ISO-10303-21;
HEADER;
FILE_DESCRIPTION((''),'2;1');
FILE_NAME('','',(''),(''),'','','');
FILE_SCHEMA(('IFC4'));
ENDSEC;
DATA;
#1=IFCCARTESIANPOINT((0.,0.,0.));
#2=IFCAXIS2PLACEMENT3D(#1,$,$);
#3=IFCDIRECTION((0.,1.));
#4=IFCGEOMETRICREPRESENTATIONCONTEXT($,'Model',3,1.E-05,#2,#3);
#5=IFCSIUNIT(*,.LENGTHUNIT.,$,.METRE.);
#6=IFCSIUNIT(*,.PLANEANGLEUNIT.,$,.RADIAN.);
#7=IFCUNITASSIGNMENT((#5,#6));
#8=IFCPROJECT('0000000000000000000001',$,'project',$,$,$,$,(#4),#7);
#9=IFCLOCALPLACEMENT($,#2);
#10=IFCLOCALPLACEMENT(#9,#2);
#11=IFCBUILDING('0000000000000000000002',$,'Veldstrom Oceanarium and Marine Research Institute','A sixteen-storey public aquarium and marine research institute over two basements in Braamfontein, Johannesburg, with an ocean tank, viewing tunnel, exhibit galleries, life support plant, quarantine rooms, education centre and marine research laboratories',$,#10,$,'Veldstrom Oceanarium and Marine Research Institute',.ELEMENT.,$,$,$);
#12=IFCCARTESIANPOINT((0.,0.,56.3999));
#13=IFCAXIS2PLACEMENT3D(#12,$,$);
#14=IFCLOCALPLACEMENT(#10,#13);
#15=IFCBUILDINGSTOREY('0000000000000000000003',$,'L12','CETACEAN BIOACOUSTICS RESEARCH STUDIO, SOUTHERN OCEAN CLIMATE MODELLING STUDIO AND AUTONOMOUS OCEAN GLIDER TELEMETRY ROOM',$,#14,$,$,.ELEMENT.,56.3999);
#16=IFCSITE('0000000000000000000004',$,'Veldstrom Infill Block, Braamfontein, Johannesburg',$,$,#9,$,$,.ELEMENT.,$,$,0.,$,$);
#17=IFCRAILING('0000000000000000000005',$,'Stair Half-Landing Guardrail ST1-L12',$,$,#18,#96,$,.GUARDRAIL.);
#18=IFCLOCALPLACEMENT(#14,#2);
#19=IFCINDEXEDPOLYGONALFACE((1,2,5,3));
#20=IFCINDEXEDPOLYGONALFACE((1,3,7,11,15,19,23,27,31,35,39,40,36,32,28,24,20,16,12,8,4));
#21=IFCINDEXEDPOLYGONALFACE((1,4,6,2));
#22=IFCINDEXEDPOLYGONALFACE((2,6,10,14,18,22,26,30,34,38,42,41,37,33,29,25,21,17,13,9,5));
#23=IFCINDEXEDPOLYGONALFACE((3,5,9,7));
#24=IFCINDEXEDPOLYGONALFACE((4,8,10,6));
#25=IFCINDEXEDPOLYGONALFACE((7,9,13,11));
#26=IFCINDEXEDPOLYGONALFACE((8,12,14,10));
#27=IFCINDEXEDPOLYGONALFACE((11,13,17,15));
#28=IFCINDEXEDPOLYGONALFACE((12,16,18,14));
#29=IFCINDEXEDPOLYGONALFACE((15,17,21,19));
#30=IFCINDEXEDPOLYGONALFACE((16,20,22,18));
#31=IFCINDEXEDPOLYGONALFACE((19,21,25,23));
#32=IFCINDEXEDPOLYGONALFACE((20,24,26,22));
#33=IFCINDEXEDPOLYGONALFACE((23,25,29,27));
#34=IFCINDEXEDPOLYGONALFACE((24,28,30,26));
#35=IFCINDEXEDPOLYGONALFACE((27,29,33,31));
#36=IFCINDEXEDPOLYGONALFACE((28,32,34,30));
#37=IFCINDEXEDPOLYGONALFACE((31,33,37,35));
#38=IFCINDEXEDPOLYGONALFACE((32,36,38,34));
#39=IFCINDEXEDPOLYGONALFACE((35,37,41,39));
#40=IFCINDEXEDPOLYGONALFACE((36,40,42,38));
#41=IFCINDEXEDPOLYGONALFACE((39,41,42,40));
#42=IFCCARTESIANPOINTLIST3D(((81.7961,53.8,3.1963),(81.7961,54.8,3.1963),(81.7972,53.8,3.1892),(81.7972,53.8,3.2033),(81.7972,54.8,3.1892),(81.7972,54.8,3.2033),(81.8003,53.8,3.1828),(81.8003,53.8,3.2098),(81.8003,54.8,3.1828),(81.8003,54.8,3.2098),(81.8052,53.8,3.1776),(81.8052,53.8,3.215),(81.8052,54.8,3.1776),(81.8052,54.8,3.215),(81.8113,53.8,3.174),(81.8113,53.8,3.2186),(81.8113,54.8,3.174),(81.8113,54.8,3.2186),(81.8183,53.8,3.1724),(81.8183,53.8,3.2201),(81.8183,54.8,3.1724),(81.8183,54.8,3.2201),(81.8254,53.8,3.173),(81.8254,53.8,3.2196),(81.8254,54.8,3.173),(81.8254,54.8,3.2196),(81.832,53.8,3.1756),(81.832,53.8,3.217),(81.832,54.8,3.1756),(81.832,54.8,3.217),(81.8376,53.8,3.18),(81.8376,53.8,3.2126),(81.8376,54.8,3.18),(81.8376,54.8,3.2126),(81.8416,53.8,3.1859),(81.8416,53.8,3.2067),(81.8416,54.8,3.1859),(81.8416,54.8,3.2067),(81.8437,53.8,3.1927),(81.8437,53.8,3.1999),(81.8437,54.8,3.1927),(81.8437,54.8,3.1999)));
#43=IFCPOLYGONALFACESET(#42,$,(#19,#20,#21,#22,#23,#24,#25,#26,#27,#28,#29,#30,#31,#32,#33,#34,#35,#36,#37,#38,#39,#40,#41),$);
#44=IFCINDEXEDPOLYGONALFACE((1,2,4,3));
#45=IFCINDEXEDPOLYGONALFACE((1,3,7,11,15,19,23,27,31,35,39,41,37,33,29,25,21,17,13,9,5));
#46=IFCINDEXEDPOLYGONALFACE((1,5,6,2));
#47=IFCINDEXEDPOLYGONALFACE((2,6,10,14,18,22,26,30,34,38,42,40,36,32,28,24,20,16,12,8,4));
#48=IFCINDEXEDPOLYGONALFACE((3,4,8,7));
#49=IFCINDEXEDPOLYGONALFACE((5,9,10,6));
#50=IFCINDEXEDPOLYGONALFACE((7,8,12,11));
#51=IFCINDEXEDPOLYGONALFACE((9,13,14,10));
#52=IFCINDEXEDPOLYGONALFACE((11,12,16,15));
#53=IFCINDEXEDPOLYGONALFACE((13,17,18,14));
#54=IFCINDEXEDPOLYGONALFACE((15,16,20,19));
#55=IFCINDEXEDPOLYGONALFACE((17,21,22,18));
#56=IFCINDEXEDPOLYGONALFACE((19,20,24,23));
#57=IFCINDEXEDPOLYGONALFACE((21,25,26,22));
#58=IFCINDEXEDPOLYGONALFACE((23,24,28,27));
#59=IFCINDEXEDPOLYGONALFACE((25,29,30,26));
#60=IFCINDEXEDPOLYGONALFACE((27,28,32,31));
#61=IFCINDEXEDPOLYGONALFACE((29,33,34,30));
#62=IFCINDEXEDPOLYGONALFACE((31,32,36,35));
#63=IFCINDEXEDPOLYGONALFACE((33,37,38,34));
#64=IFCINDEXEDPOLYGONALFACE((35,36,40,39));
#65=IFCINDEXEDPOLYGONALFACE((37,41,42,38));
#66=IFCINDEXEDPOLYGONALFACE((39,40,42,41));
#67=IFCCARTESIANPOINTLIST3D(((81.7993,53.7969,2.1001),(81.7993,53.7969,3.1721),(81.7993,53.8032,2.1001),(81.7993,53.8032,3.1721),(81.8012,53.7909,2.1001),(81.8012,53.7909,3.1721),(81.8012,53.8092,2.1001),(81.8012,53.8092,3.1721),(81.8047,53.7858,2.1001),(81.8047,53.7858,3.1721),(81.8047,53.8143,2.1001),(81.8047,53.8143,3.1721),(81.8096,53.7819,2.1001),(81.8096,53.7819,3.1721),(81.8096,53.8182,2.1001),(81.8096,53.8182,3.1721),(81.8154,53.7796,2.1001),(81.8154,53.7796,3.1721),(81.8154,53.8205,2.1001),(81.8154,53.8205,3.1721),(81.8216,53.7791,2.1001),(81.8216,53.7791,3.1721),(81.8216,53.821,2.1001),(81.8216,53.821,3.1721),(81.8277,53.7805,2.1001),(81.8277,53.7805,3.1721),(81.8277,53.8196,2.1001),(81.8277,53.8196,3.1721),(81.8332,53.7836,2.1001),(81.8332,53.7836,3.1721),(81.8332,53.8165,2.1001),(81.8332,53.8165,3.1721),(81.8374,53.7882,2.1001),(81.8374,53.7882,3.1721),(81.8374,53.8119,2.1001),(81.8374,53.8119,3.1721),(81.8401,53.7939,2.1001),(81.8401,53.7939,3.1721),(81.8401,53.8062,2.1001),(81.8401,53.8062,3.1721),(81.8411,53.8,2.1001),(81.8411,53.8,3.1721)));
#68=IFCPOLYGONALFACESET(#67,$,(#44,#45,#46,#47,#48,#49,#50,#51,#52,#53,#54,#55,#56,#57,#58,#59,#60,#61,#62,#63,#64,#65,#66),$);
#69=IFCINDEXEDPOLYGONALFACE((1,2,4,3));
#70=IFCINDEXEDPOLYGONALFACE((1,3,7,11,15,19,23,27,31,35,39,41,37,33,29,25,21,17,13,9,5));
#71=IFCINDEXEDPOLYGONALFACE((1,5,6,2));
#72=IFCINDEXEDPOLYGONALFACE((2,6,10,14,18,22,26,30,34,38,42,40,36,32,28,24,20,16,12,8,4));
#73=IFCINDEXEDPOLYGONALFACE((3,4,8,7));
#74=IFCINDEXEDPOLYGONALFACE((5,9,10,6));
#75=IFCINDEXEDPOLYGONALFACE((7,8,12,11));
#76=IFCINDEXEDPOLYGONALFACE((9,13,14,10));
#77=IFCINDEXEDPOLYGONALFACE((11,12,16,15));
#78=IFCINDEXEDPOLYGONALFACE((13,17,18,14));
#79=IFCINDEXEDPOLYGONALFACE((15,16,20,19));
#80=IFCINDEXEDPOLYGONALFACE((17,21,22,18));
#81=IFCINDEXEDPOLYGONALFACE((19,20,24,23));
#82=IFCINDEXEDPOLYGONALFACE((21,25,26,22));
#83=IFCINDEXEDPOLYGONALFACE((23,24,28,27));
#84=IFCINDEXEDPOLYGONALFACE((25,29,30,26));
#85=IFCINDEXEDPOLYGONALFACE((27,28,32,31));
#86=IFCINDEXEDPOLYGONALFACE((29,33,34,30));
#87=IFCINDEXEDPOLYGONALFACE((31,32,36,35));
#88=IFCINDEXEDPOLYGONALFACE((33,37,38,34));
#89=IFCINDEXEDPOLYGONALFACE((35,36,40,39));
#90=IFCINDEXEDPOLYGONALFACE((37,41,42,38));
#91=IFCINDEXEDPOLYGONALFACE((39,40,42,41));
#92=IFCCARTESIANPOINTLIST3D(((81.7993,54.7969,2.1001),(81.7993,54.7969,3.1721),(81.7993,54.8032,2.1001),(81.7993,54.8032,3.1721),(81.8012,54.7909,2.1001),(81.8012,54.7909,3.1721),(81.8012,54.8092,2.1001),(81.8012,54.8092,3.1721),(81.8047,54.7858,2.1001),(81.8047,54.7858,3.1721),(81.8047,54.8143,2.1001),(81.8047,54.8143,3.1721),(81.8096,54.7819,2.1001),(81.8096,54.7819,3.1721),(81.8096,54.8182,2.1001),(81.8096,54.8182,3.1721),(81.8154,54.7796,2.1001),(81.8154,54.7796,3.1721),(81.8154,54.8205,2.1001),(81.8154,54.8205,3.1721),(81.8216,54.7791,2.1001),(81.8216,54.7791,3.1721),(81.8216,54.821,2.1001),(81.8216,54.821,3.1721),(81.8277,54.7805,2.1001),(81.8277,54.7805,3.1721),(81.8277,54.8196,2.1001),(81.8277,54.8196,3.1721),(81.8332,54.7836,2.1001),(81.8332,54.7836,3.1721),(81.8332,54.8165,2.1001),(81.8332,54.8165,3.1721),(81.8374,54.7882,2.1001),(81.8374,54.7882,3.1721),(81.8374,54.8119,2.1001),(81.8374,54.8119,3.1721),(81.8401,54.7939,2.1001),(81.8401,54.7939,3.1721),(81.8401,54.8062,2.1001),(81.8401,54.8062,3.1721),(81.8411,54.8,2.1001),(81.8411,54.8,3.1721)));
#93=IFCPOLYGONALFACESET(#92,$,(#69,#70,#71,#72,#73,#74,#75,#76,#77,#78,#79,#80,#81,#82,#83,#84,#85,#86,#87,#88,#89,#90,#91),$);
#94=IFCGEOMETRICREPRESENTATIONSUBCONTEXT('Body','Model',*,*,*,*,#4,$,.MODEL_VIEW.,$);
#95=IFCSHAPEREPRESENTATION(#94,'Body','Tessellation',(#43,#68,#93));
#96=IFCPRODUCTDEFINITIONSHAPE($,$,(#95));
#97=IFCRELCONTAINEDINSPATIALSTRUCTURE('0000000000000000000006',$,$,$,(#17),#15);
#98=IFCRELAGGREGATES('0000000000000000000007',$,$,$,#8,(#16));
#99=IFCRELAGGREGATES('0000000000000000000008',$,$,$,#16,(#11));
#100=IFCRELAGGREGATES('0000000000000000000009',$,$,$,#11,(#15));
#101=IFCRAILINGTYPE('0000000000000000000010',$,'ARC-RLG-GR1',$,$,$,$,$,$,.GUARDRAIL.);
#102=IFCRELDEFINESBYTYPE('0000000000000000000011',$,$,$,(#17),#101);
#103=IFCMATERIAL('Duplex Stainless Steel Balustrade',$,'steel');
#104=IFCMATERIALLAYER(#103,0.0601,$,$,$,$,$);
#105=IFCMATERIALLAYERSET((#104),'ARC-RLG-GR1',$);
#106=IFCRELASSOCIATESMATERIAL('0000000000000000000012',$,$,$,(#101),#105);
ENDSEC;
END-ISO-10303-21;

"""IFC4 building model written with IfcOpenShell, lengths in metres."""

from ifc_helpers import new_model, si_unit, direction, frame, origin, origin_2d, place, context, subcontext, project, spatial, circle, extrude, material, layer, layer_set, type_object, element, save


model = new_model("IFC4")

# Units and contexts
model_context = context("Model", 3, precision=1e-05, world=origin(), true_north=direction((0.0, 1.0)))
body_context = subcontext(model_context, "Body", "Model", "MODEL_VIEW")
ifc_project = project(units=[si_unit("LENGTHUNIT", "METRE"), si_unit("PLANEANGLEUNIT", "RADIAN")], contexts=[model_context])

# Site, building, storey
site_placement = place(None, origin())
site = spatial("IfcSite", under=ifc_project, at=site_placement, Name="Veldstrom Infill Block, Braamfontein, Johannesburg", CompositionType="ELEMENT", RefElevation=0.0)
building_placement = place(site_placement, origin())
building = spatial("IfcBuilding", under=site, at=building_placement, Name="Veldstrom Oceanarium and Marine Research Institute", Description="A sixteen-storey public aquarium and marine research institute over two basements in Braamfontein, Johannesburg, with an ocean tank, viewing tunnel, exhibit galleries, life support plant, quarantine rooms, education centre and marine research laboratories", LongName="Veldstrom Oceanarium and Marine Research Institute", CompositionType="ELEMENT")
storey_placement = place(building_placement, frame((0.0, 0.0, 56.3999)))
storey = spatial("IfcBuildingStorey", under=building, at=storey_placement, Name="L12", Description="CETACEAN BIOACOUSTICS RESEARCH STUDIO, SOUTHERN OCEAN CLIMATE MODELLING STUDIO AND AUTONOMOUS OCEAN GLIDER TELEMETRY ROOM", CompositionType="ELEMENT", Elevation=56.3999)

# Railing
ifc_material_1 = material(Name="Duplex Stainless Steel Balustrade", Category="steel")
ifc_layer_1 = layer(ifc_material_1, 0.0601)
ifc_layer_set_1 = layer_set([ifc_layer_1], Name="ARC-RLG-GR1")
railing_type_1 = type_object("IfcRailingType", Name="ARC-RLG-GR1", PredefinedType="GUARDRAIL", material=ifc_layer_set_1)
railing_1_placement = place(storey_placement, frame((81.8201, 53.8, 2.1001)))
element("IfcRailing", 1, at=railing_1_placement, inside=storey, type_object=railing_type_1, Name="Stair Half-Landing Guardrail ST1-L12", PredefinedType="GUARDRAIL", context=body_context, shape_type="SweptSolid", body=[
    extrude(circle(Radius=0.0239, at=origin_2d()), frame((0.0, 0.0, 1.0962), z_axis=(0.0, 1.0, 0.0), x_axis=(-1.0, 0.0, 0.0)), (0.0, 0.0, 1.0), 1.0),
    extrude(circle(Radius=0.021, at=origin_2d()), origin(), (0.0, 0.0, 1.0), 1.072),
    extrude(circle(Radius=0.021, at=origin_2d()), frame((0.0, 1.0, 0.0)), (0.0, 0.0, 1.0), 1.072),
])

save(model, "model.ifc")
